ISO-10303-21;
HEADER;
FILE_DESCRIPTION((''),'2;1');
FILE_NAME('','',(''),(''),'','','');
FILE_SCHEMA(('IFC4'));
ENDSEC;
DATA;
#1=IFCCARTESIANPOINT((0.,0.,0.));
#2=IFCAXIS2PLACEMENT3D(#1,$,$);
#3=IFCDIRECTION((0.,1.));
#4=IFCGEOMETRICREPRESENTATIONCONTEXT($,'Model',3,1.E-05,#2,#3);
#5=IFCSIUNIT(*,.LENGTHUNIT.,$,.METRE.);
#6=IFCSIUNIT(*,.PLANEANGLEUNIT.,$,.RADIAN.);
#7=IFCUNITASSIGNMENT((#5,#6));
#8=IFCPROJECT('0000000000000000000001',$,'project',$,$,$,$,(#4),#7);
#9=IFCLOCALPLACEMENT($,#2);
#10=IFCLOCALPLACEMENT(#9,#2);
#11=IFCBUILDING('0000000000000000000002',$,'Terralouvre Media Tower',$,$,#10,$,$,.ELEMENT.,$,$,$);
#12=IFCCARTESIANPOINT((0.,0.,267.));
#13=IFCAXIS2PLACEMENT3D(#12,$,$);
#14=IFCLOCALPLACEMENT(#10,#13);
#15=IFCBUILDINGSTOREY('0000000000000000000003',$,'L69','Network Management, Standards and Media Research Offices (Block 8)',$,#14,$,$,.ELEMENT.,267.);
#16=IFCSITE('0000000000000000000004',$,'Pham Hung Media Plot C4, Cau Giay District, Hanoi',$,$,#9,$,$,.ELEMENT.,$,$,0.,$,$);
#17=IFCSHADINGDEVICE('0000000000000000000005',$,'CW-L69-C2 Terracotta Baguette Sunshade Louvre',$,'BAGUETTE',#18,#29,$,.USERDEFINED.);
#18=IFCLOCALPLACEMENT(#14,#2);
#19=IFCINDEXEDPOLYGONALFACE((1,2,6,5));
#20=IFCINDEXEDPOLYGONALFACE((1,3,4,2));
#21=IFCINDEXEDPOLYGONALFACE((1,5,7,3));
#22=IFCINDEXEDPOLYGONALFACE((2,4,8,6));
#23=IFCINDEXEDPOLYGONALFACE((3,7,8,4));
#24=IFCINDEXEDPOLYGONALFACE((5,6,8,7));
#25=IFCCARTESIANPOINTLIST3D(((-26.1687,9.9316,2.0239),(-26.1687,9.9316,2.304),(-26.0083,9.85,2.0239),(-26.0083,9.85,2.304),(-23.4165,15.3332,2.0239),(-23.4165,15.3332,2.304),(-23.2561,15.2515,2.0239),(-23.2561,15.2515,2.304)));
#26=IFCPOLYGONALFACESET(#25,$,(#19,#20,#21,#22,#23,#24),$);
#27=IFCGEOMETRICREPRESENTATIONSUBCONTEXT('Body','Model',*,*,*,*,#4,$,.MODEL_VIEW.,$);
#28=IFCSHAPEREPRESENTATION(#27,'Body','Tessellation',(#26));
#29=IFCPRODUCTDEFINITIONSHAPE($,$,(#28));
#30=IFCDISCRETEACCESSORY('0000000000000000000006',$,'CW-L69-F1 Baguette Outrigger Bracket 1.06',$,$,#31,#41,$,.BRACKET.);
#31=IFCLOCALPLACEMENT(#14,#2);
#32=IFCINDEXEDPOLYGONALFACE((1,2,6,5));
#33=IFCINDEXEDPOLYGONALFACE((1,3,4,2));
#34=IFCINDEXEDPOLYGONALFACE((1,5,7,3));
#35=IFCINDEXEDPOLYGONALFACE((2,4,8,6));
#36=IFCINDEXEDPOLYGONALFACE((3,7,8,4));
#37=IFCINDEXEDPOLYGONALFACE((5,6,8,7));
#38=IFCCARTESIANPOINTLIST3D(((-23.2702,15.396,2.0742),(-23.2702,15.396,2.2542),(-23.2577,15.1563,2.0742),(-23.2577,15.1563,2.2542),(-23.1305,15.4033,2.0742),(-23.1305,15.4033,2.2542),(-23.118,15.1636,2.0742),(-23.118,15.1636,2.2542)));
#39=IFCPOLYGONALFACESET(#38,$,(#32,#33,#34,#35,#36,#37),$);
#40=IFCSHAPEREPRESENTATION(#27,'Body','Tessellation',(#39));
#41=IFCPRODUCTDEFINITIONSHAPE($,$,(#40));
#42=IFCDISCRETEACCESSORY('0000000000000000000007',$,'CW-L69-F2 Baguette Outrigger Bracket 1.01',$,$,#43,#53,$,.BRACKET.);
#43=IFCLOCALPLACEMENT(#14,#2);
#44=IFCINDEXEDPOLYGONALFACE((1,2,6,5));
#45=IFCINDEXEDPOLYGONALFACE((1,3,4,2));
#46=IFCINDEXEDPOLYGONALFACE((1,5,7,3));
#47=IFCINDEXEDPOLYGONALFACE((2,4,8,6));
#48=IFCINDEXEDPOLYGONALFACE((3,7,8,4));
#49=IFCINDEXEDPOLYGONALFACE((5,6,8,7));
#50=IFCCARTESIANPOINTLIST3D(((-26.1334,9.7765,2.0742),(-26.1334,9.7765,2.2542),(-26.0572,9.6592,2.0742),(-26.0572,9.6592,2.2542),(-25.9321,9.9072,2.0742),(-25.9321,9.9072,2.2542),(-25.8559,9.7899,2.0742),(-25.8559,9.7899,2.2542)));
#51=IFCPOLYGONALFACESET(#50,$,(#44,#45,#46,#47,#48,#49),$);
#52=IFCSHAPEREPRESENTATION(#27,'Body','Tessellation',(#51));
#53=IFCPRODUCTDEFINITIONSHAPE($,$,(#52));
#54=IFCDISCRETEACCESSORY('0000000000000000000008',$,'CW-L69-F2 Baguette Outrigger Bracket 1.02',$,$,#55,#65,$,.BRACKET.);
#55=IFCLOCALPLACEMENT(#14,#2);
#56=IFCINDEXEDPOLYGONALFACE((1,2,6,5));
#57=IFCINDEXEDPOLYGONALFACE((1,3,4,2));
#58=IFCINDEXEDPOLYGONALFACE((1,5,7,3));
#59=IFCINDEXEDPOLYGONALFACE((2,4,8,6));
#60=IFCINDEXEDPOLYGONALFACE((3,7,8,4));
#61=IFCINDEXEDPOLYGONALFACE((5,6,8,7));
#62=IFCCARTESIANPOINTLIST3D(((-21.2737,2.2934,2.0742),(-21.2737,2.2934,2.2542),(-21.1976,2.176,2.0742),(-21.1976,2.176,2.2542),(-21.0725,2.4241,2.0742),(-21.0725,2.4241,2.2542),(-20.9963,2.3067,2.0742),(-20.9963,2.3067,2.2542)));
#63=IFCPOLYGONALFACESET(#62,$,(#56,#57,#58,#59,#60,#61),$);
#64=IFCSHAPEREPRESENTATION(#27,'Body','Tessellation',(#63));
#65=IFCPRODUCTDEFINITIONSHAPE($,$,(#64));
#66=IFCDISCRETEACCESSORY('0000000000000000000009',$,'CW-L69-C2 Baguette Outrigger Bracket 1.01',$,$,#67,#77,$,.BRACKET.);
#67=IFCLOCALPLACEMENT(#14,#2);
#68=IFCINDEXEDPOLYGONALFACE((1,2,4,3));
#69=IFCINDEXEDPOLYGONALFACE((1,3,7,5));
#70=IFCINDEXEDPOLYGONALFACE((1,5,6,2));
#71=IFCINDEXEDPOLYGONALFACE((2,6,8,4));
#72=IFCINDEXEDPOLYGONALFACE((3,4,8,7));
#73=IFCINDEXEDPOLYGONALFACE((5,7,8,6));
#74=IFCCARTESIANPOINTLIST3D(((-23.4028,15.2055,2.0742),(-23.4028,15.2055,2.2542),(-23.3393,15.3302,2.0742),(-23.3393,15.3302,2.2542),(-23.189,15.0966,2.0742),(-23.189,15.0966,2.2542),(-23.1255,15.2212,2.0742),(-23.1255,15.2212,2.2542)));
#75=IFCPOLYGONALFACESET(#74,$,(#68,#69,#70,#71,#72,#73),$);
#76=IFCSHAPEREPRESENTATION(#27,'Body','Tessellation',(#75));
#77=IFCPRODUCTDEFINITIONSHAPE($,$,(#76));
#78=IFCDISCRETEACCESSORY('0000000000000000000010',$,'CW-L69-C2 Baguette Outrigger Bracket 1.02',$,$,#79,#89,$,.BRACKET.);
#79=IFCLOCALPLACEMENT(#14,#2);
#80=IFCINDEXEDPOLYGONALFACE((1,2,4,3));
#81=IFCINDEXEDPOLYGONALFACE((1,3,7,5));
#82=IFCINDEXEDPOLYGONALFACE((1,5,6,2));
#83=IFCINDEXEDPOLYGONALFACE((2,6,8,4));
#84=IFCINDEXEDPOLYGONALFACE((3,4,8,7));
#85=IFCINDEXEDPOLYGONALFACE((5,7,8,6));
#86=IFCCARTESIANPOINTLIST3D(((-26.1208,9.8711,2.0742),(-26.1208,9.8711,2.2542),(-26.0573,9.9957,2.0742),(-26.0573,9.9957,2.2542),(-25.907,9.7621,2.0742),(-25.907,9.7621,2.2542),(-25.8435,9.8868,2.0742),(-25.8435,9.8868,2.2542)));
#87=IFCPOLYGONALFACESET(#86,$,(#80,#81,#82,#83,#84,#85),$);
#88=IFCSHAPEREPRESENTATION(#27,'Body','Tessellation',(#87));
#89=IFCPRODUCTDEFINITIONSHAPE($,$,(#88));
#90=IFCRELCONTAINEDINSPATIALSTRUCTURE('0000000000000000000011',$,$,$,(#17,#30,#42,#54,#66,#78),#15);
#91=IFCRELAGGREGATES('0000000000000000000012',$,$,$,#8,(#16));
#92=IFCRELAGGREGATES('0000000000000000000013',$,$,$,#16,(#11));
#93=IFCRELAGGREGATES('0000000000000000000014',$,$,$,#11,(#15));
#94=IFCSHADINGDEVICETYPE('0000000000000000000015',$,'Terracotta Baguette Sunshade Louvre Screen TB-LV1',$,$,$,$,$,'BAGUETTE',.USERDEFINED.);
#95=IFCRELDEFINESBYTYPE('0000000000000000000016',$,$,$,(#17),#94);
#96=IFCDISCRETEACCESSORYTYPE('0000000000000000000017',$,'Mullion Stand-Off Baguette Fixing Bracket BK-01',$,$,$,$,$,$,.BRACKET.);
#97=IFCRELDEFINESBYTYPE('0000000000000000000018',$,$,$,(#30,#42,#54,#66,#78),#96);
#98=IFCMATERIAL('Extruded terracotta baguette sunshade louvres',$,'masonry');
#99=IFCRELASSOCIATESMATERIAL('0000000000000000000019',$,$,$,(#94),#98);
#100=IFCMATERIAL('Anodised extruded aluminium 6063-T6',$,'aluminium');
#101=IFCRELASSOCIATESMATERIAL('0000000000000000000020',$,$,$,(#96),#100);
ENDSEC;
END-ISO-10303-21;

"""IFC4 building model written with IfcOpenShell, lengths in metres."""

from ifc_helpers import new_model, si_unit, direction, frame, origin, origin_2d, place, context, subcontext, project, spatial, rectangle, extrude, material, type_object, element, save


model = new_model("IFC4")

# Units and contexts
model_context = context("Model", 3, precision=1e-05, world=origin(), true_north=direction((0.0, 1.0)))
body_context = subcontext(model_context, "Body", "Model", "MODEL_VIEW")
ifc_project = project(units=[si_unit("LENGTHUNIT", "METRE"), si_unit("PLANEANGLEUNIT", "RADIAN")], contexts=[model_context])

# Site, building, storey
site_placement = place(None, origin())
site = spatial("IfcSite", under=ifc_project, at=site_placement, Name="Pham Hung Media Plot C4, Cau Giay District, Hanoi", CompositionType="ELEMENT", RefElevation=0.0)
building_placement = place(site_placement, origin())
building = spatial("IfcBuilding", under=site, at=building_placement, Name="Terralouvre Media Tower", CompositionType="ELEMENT")
storey_placement = place(building_placement, frame((0.0, 0.0, 267.0)))
storey = spatial("IfcBuildingStorey", under=building, at=storey_placement, Name="L69", Description="Network Management, Standards and Media Research Offices (Block 8)", CompositionType="ELEMENT", Elevation=267.0)

# Shading device
ifc_material_1 = material(Name="Extruded terracotta baguette sunshade louvres", Category="masonry")
shading_device_type = type_object("IfcShadingDeviceType", Name="Terracotta Baguette Sunshade Louvre Screen TB-LV1", ElementType="BAGUETTE", PredefinedType="USERDEFINED", material=ifc_material_1)
shading_device_placement = place(storey_placement, frame((-24.7124, 12.5916, 2.0239), z_axis=(0.0, 0.0, 1.0), x_axis=(-0.45399, -0.891007, 0.0)))
element("IfcShadingDevice", 1, at=shading_device_placement, inside=storey, type_object=shading_device_type, Name="CW-L69-C2 Terracotta Baguette Sunshade Louvre", ObjectType="BAGUETTE", PredefinedType="USERDEFINED", context=body_context, shape_type="SweptSolid", body=[
    extrude(rectangle(XDim=6.0623, YDim=0.1799, at=origin_2d()), origin(), (0.0, 0.0, 1.0), 0.28),
])

# Discrete accessories
ifc_material_2 = material(Name="Anodised extruded aluminium 6063-T6", Category="aluminium")
discrete_accessory_type = type_object("IfcDiscreteAccessoryType", Name="Mullion Stand-Off Baguette Fixing Bracket BK-01", PredefinedType="BRACKET", material=ifc_material_2)
for number, where, z_axis, x_axis, name in (
    (2, (-23.1941, 15.2798, 2.0742), (0.0, 0.0, 1.0), (-0.99863, -0.052336, 0.0), "CW-L69-F1 Baguette Outrigger Bracket 1.06"),
    (3, (-25.9946, 9.7832, 2.0742), (0.0, 0.0, 1.0), (0.544639, -0.838671, 0.0), "CW-L69-F2 Baguette Outrigger Bracket 1.01"),
    (4, (-21.135, 2.3, 2.0742), (0.0, 0.0, 1.0), (0.544639, -0.838671, 0.0), "CW-L69-F2 Baguette Outrigger Bracket 1.02"),
    (5, (-23.2642, 15.2134, 2.0742), (0.0, 0.0, 1.0), (-0.45399, -0.891007, 0.0), "CW-L69-C2 Baguette Outrigger Bracket 1.01"),
    (6, (-25.9822, 9.8789, 2.0742), (0.0, 0.0, 1.0), (-0.45399, -0.891007, 0.0), "CW-L69-C2 Baguette Outrigger Bracket 1.02"),
):
    element("IfcDiscreteAccessory", number, at=place(storey_placement, frame(where, z_axis=z_axis, x_axis=x_axis)), inside=storey, type_object=discrete_accessory_type, Name=name, PredefinedType="BRACKET", context=body_context, shape_type="SweptSolid", body=[
        extrude(rectangle(XDim=0.1399, YDim=0.24, at=origin_2d()), origin(), (0.0, 0.0, 1.0), 0.1799),
    ])

save(model, "model.ifc")
